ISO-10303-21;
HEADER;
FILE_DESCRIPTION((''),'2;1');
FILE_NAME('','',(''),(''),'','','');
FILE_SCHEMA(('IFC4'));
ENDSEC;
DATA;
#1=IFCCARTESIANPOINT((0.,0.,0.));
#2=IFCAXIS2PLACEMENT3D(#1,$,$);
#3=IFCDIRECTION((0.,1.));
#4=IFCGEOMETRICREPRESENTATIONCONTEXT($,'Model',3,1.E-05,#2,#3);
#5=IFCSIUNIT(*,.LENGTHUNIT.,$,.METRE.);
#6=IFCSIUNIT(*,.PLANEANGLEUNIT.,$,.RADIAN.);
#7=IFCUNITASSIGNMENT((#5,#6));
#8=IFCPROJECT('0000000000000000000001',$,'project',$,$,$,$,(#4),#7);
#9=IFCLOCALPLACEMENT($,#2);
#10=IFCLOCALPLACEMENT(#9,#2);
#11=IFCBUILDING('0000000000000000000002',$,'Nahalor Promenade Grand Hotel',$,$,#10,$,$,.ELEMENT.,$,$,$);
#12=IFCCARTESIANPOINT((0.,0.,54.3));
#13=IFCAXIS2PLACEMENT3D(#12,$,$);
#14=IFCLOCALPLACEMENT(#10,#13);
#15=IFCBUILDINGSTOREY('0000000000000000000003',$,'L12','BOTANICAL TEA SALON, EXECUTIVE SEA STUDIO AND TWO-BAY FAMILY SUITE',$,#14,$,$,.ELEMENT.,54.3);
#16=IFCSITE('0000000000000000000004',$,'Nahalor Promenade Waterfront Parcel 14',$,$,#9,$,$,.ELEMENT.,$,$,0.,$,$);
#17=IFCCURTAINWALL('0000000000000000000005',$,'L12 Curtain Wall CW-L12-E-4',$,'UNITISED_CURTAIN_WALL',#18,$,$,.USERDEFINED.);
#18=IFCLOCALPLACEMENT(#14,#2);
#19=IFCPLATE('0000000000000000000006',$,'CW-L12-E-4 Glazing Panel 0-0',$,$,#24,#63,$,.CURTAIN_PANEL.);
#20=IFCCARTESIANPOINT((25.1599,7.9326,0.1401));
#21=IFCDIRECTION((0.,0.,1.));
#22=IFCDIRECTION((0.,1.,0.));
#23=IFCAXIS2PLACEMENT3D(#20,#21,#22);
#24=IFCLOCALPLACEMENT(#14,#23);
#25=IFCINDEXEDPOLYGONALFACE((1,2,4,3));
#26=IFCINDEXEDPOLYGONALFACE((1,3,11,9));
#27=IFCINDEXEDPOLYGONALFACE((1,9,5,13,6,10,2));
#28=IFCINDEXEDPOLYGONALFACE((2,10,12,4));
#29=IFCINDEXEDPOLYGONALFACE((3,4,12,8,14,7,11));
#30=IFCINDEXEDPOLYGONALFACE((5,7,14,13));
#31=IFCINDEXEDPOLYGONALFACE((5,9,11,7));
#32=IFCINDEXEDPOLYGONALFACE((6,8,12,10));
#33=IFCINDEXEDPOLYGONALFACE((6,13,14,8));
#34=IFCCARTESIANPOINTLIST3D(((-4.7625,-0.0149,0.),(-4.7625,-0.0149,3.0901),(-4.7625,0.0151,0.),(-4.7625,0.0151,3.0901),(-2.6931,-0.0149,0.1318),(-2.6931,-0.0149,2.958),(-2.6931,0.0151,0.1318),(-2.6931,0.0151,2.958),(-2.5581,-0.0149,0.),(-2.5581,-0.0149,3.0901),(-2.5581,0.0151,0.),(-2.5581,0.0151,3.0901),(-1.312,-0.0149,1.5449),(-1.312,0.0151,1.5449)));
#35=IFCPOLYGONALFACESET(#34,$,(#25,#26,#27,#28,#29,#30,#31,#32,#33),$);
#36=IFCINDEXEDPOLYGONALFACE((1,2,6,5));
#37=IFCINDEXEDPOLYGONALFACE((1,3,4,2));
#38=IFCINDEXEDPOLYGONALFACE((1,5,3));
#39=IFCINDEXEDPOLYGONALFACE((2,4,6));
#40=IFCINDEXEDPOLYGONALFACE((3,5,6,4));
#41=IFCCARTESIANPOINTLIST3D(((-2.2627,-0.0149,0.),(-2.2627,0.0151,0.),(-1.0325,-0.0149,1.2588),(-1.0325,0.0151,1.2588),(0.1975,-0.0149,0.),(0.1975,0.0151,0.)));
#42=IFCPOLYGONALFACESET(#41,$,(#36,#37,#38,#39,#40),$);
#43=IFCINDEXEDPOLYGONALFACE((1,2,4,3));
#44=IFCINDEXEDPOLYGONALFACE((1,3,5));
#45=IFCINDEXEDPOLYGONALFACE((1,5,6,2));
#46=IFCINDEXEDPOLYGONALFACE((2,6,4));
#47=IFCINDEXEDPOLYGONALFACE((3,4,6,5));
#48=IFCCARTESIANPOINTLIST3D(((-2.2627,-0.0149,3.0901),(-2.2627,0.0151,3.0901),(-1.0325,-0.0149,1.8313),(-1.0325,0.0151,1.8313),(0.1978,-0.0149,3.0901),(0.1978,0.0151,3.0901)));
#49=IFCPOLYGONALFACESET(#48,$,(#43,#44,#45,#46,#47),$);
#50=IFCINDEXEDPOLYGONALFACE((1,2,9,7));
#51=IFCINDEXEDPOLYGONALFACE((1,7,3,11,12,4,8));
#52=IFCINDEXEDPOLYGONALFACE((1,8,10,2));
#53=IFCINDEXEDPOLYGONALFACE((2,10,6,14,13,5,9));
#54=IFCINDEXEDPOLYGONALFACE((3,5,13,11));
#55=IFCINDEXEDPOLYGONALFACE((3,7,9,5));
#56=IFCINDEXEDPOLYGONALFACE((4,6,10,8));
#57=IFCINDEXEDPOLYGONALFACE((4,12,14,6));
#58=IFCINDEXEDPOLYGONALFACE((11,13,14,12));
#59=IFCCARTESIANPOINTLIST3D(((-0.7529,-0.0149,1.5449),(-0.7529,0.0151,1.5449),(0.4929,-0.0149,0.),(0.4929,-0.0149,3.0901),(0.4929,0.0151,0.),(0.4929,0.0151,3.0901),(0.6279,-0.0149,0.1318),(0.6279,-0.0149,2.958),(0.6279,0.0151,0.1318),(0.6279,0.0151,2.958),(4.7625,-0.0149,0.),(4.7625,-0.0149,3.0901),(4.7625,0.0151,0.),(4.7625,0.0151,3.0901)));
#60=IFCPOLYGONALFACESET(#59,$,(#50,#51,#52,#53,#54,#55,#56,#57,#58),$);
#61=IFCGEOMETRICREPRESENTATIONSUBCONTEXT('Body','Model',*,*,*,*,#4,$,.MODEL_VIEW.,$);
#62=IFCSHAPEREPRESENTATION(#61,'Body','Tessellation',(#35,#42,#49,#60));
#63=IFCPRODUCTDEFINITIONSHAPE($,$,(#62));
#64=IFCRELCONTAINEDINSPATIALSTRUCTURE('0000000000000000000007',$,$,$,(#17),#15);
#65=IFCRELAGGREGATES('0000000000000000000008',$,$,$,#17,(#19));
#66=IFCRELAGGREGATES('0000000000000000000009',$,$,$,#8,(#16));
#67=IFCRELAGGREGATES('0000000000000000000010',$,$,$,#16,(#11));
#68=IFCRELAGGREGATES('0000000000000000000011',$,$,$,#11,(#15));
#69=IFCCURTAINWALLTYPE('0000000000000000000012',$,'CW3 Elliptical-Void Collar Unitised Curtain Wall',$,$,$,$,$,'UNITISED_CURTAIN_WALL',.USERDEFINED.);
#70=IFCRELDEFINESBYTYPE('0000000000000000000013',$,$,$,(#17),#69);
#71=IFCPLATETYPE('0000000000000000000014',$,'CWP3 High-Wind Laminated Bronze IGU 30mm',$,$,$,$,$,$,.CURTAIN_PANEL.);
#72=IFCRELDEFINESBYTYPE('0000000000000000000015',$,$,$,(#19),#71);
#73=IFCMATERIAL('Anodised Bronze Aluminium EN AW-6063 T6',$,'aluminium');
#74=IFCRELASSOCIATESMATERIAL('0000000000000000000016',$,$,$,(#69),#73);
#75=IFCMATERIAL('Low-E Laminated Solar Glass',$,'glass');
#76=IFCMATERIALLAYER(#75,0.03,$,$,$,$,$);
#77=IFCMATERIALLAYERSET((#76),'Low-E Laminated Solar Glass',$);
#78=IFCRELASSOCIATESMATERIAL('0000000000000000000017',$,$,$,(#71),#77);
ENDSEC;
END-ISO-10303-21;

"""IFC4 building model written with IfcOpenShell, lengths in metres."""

from ifc_helpers import new_model, si_unit, direction, frame, origin, place, context, subcontext, project, spatial, polyline, outline, extrude, material, layer, layer_set, type_object, element, aggregate, save


model = new_model("IFC4")

# Units and contexts
model_context = context("Model", 3, precision=1e-05, world=origin(), true_north=direction((0.0, 1.0)))
body_context = subcontext(model_context, "Body", "Model", "MODEL_VIEW")
ifc_project = project(units=[si_unit("LENGTHUNIT", "METRE"), si_unit("PLANEANGLEUNIT", "RADIAN")], contexts=[model_context])

# Site, building, storey
site_placement = place(None, origin())
site = spatial("IfcSite", under=ifc_project, at=site_placement, Name="Nahalor Promenade Waterfront Parcel 14", CompositionType="ELEMENT", RefElevation=0.0)
building_placement = place(site_placement, origin())
building = spatial("IfcBuilding", under=site, at=building_placement, Name="Nahalor Promenade Grand Hotel", CompositionType="ELEMENT")
storey_placement = place(building_placement, frame((0.0, 0.0, 54.3)))
storey = spatial("IfcBuildingStorey", under=building, at=storey_placement, Name="L12", Description="BOTANICAL TEA SALON, EXECUTIVE SEA STUDIO AND TWO-BAY FAMILY SUITE", CompositionType="ELEMENT", Elevation=54.3)

# Curtain wall
ifc_material_1 = material(Name="Anodised Bronze Aluminium EN AW-6063 T6", Category="aluminium")
curtain_wall_type = type_object("IfcCurtainWallType", Name="CW3 Elliptical-Void Collar Unitised Curtain Wall", ElementType="UNITISED_CURTAIN_WALL", PredefinedType="USERDEFINED", material=ifc_material_1)
curtain_wall_1_placement = place(storey_placement, origin())
curtain_wall_1 = element("IfcCurtainWall", 1, at=curtain_wall_1_placement, inside=storey, type_object=curtain_wall_type, Name="L12 Curtain Wall CW-L12-E-4", ObjectType="UNITISED_CURTAIN_WALL", PredefinedType="USERDEFINED")

# Plate
ifc_material_2 = material(Name="Low-E Laminated Solar Glass", Category="glass")
ifc_layer_1 = layer(ifc_material_2, 0.03)
ifc_layer_set_1 = layer_set([ifc_layer_1], Name="Low-E Laminated Solar Glass")
plate_type_1 = type_object("IfcPlateType", Name="CWP3 High-Wind Laminated Bronze IGU 30mm", PredefinedType="CURTAIN_PANEL", material=ifc_layer_set_1)
plate_1_placement = place(storey_placement, frame((25.1599, 7.9326, 0.1401), z_axis=(0.0, 0.0, 1.0), x_axis=(0.0, 1.0, 0.0)))
plate_1 = element("IfcPlate", 2, at=plate_1_placement, type_object=plate_type_1, Name="CW-L12-E-4 Glazing Panel 0-0", PredefinedType="CURTAIN_PANEL", context=body_context, shape_type="SweptSolid", body=[
    extrude(outline(polyline([(-4.7625, 3.0901), (-4.7625, 0.0), (-2.5581, 0.0), (-2.6931, 0.1318), (-1.312, 1.5449), (-2.6931, 2.958), (-2.5581, 3.0901), (-4.7625, 3.0901)])), frame((0.0, 0.0151, 0.0), z_axis=(0.0, -1.0, 0.0), x_axis=(1.0, 0.0, 0.0)), (0.0, 0.0, 1.0), 0.03),
    extrude(outline(polyline([(-1.0325, 1.2588), (-2.2627, 0.0), (0.1975, 0.0), (-1.0325, 1.2588)])), frame((0.0, 0.0151, 0.0), z_axis=(0.0, -1.0, 0.0), x_axis=(1.0, 0.0, 0.0)), (0.0, 0.0, 1.0), 0.03),
    extrude(outline(polyline([(-1.0325, 1.8313), (0.1978, 3.0901), (-2.2627, 3.0901), (-1.0325, 1.8313)])), frame((0.0, 0.0151, 0.0), z_axis=(0.0, -1.0, 0.0), x_axis=(1.0, 0.0, 0.0)), (0.0, 0.0, 1.0), 0.03),
    extrude(outline(polyline([(4.7625, 0.0), (4.7625, 3.0901), (0.4929, 3.0901), (0.6279, 2.958), (-0.7529, 1.5449), (0.6279, 0.1318), (0.4929, 0.0), (4.7625, 0.0)])), frame((0.0, 0.0151, 0.0), z_axis=(0.0, -1.0, 0.0), x_axis=(1.0, 0.0, 0.0)), (0.0, 0.0, 1.0), 0.03),
])
aggregate(curtain_wall_1, [plate_1])

save(model, "model.ifc")
